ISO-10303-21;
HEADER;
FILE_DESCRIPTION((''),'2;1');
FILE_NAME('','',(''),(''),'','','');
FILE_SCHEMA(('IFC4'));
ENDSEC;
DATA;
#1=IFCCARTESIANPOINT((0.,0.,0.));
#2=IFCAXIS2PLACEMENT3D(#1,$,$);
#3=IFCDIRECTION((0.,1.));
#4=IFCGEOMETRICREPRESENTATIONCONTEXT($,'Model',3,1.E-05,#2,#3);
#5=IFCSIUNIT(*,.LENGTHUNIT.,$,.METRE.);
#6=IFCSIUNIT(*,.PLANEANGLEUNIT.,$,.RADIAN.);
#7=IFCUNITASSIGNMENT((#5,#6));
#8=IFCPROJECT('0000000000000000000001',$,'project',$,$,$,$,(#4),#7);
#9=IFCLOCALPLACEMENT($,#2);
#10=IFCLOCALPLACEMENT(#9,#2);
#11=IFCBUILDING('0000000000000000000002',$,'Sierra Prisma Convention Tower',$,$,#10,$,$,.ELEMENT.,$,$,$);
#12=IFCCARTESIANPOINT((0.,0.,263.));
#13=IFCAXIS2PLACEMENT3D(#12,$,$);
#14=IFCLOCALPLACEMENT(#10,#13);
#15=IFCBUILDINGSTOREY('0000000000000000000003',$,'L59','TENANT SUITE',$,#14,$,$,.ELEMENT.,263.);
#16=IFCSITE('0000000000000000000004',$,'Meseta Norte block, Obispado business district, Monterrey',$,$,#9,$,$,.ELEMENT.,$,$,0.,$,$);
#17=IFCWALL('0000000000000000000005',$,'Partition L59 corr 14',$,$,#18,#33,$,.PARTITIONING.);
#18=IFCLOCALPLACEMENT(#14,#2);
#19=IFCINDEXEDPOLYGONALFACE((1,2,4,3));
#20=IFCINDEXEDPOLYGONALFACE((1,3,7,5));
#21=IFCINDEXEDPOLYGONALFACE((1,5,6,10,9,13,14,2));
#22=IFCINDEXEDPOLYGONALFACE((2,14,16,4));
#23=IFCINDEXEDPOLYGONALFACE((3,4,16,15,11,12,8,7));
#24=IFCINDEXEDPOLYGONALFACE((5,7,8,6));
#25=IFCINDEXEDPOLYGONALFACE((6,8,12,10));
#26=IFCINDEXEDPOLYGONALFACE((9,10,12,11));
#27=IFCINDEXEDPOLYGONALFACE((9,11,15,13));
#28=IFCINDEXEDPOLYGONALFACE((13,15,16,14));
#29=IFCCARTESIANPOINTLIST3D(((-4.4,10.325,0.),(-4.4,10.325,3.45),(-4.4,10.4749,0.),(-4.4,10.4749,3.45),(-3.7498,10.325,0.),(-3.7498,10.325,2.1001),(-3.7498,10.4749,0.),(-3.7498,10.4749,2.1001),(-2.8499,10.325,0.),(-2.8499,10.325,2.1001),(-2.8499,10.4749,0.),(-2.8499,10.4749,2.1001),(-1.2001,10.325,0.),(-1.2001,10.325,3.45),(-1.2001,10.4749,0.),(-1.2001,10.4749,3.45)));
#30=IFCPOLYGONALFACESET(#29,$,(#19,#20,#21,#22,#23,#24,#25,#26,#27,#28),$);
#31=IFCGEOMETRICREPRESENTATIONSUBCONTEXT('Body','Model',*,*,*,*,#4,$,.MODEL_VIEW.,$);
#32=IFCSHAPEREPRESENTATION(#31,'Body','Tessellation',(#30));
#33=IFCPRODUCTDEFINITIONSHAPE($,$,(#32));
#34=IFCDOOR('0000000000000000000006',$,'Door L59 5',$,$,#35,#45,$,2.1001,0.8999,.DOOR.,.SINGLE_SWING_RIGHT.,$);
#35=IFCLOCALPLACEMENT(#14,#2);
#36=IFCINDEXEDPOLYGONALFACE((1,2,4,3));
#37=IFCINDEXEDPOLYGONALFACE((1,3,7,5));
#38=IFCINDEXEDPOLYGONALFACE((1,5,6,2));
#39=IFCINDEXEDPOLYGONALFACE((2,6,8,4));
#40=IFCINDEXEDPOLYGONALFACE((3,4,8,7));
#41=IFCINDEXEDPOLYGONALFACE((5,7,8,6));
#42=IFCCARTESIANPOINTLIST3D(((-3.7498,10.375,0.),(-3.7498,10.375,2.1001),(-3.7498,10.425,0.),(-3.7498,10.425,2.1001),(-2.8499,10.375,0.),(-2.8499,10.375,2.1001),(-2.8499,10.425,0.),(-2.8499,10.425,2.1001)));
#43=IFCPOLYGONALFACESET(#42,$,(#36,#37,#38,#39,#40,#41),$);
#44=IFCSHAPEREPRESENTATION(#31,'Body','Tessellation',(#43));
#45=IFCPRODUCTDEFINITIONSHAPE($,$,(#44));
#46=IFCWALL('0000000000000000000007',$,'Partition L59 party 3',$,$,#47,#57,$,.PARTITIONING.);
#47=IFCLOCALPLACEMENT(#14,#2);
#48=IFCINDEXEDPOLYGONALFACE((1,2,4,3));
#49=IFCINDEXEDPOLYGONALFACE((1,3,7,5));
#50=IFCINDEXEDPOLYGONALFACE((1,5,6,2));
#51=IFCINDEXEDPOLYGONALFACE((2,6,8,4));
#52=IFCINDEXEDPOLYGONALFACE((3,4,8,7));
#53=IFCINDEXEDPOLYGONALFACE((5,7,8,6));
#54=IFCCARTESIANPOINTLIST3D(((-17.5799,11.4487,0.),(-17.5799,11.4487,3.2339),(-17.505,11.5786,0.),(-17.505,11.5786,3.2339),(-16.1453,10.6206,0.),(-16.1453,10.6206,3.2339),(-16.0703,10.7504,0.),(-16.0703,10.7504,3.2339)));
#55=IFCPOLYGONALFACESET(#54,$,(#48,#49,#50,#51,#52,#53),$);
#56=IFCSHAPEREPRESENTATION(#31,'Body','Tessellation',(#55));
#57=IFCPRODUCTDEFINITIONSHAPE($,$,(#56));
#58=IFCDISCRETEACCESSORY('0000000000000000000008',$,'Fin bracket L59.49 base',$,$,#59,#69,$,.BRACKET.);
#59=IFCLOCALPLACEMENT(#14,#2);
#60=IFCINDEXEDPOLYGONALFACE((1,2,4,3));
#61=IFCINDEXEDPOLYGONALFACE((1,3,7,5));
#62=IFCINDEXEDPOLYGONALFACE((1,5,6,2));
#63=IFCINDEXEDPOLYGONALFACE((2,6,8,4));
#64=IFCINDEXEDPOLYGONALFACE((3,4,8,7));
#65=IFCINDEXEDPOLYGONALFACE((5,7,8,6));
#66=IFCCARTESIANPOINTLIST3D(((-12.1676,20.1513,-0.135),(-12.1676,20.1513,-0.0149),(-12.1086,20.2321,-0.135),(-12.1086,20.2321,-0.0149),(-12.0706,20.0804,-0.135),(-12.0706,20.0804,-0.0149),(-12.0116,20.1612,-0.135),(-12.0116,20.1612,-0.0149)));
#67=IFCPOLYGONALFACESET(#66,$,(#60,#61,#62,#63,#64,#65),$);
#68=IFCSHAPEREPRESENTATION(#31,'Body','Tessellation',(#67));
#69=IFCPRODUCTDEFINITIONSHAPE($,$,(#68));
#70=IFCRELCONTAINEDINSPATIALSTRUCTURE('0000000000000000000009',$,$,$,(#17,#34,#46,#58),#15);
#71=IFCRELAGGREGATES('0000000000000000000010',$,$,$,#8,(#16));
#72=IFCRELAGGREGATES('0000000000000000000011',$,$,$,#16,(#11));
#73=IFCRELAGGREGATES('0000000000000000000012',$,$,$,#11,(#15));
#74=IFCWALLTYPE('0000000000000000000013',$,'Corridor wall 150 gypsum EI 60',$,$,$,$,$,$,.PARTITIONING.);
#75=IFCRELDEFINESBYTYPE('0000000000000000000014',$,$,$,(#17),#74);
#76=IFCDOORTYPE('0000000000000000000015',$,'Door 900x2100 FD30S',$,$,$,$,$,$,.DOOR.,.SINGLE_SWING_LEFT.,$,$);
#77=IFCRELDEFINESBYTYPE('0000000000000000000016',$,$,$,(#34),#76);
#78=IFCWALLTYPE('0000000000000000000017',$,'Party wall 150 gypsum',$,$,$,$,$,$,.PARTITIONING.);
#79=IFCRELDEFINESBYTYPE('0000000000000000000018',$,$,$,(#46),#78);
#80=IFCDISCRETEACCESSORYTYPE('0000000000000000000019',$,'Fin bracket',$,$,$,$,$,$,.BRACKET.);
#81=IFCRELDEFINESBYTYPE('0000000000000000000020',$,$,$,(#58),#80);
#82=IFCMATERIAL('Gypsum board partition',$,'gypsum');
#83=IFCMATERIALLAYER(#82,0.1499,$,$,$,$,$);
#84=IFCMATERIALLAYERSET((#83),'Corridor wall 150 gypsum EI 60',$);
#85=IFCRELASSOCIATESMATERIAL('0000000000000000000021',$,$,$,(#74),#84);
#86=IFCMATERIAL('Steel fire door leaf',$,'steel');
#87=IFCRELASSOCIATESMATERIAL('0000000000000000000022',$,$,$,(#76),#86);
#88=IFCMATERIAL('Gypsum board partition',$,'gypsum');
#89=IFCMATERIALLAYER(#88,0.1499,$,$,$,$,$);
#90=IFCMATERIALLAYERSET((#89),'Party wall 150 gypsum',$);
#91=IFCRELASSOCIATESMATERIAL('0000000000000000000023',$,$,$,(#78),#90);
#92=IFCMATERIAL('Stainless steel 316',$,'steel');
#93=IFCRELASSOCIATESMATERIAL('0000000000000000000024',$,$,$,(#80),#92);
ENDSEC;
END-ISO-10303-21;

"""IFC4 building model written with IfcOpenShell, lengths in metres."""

from ifc_helpers import new_model, si_unit, direction, frame, frame_2d, origin, origin_2d, place, context, subcontext, project, spatial, rectangle, extrude, material, layer, layer_set, type_object, element, fill, save


model = new_model("IFC4")

# Units and contexts
model_context = context("Model", 3, precision=1e-05, world=origin(), true_north=direction((0.0, 1.0)))
body_context = subcontext(model_context, "Body", "Model", "MODEL_VIEW")
ifc_project = project(units=[si_unit("LENGTHUNIT", "METRE"), si_unit("PLANEANGLEUNIT", "RADIAN")], contexts=[model_context])

# Site, building, storey
site_placement = place(None, origin())
site = spatial("IfcSite", under=ifc_project, at=site_placement, Name="Meseta Norte block, Obispado business district, Monterrey", CompositionType="ELEMENT", RefElevation=0.0)
building_placement = place(site_placement, origin())
building = spatial("IfcBuilding", under=site, at=building_placement, Name="Sierra Prisma Convention Tower", CompositionType="ELEMENT")
storey_placement = place(building_placement, frame((0.0, 0.0, 263.0)))
storey = spatial("IfcBuildingStorey", under=building, at=storey_placement, Name="L59", Description="TENANT SUITE", CompositionType="ELEMENT", Elevation=263.0)

# Shared definitions
ifc_material_1 = material(Name="Gypsum board partition", Category="gypsum")
ifc_layer_1 = layer(ifc_material_1, 0.1499)
ifc_layer_set_1 = layer_set([ifc_layer_1], Name="Corridor wall 150 gypsum EI 60")
wall_type_1 = type_object("IfcWallType", Name="Corridor wall 150 gypsum EI 60", PredefinedType="PARTITIONING", material=ifc_layer_set_1)

# Wall, opening, door
wall_1_placement = place(storey_placement, frame((-1.2, 10.3999, 0.0), z_axis=(0.0, 0.0, 1.0), x_axis=(-1.0, 0.0, 0.0)))
wall_1 = element("IfcWall", 1, at=wall_1_placement, inside=storey, type_object=wall_type_1, Name="Partition L59 corr 14", PredefinedType="PARTITIONING", context=body_context, shape_type="SweptSolid", body=[
    extrude(rectangle(XDim=3.2, YDim=0.1499, at=frame_2d((1.6001, 0.0))), origin(), (0.0, 0.0, 1.0), 3.45),
])
opening_1_placement = place(wall_1_placement, frame((1.6499, 0.0, 0.0)))
opening_1 = element("IfcOpeningElement", 2, at=opening_1_placement, cuts=wall_1, PredefinedType="OPENING", context=body_context, shape_type="SweptSolid", body=[
    extrude(rectangle(XDim=0.8999, YDim=2.1001, at=frame_2d((0.45, 1.05))), frame((0.0, 0.075, 0.0), z_axis=(0.0, -1.0, 0.0), x_axis=(1.0, 0.0, 0.0)), (0.0, 0.0, 1.0), 0.1499),
])
ifc_material_2 = material(Name="Steel fire door leaf", Category="steel")
door_type_1 = type_object("IfcDoorType", Name="Door 900x2100 FD30S", OperationType="SINGLE_SWING_LEFT", PredefinedType="DOOR", material=ifc_material_2)
door_1_placement = place(opening_1_placement, origin())
door_1 = element("IfcDoor", 3, at=door_1_placement, inside=storey, type_object=door_type_1, Name="Door L59 5", OperationType="SINGLE_SWING_RIGHT", OverallHeight=2.1001, OverallWidth=0.8999, PredefinedType="DOOR", context=body_context, shape_type="SweptSolid", body=[
    extrude(rectangle(XDim=0.8999, YDim=2.1001, at=frame_2d((0.45, 1.05))), frame((0.0, 0.0249, 0.0), z_axis=(0.0, -1.0, 0.0), x_axis=(1.0, 0.0, 0.0)), (0.0, 0.0, 1.0), 0.05),
])
fill(opening_1, door_1)

# Wall
ifc_material_3 = material(Name="Gypsum board partition", Category="gypsum")
ifc_layer_2 = layer(ifc_material_3, 0.1499)
ifc_layer_set_2 = layer_set([ifc_layer_2], Name="Party wall 150 gypsum")
wall_type_2 = type_object("IfcWallType", Name="Party wall 150 gypsum", PredefinedType="PARTITIONING", material=ifc_layer_set_2)
wall_2_placement = place(storey_placement, frame((-16.1079, 10.6855, 0.0), z_axis=(0.0, 0.0, 1.0), x_axis=(-0.866058, 0.499944, 0.0)))
element("IfcWall", 4, at=wall_2_placement, inside=storey, type_object=wall_type_2, Name="Partition L59 party 3", PredefinedType="PARTITIONING", context=body_context, shape_type="SweptSolid", body=[
    extrude(rectangle(XDim=1.6565, YDim=0.1499, at=frame_2d((0.8281, 0.0))), origin(), (0.0, 0.0, 1.0), 3.2339),
])

# Discrete accessory
ifc_material_4 = material(Name="Stainless steel 316", Category="steel")
discrete_accessory_type = type_object("IfcDiscreteAccessoryType", Name="Fin bracket", PredefinedType="BRACKET", material=ifc_material_4)
discrete_accessory_placement = place(storey_placement, frame((-12.0896, 20.1562, -0.135), z_axis=(0.0, 0.0, 1.0), x_axis=(-0.807529, 0.589828, 0.0)))
element("IfcDiscreteAccessory", 5, at=discrete_accessory_placement, inside=storey, type_object=discrete_accessory_type, Name="Fin bracket L59.49 base", PredefinedType="BRACKET", context=body_context, shape_type="SweptSolid", body=[
    extrude(rectangle(XDim=0.1201, YDim=0.1001, at=origin_2d()), origin(), (0.0, 0.0, 1.0), 0.1201),
])

save(model, "model.ifc")
